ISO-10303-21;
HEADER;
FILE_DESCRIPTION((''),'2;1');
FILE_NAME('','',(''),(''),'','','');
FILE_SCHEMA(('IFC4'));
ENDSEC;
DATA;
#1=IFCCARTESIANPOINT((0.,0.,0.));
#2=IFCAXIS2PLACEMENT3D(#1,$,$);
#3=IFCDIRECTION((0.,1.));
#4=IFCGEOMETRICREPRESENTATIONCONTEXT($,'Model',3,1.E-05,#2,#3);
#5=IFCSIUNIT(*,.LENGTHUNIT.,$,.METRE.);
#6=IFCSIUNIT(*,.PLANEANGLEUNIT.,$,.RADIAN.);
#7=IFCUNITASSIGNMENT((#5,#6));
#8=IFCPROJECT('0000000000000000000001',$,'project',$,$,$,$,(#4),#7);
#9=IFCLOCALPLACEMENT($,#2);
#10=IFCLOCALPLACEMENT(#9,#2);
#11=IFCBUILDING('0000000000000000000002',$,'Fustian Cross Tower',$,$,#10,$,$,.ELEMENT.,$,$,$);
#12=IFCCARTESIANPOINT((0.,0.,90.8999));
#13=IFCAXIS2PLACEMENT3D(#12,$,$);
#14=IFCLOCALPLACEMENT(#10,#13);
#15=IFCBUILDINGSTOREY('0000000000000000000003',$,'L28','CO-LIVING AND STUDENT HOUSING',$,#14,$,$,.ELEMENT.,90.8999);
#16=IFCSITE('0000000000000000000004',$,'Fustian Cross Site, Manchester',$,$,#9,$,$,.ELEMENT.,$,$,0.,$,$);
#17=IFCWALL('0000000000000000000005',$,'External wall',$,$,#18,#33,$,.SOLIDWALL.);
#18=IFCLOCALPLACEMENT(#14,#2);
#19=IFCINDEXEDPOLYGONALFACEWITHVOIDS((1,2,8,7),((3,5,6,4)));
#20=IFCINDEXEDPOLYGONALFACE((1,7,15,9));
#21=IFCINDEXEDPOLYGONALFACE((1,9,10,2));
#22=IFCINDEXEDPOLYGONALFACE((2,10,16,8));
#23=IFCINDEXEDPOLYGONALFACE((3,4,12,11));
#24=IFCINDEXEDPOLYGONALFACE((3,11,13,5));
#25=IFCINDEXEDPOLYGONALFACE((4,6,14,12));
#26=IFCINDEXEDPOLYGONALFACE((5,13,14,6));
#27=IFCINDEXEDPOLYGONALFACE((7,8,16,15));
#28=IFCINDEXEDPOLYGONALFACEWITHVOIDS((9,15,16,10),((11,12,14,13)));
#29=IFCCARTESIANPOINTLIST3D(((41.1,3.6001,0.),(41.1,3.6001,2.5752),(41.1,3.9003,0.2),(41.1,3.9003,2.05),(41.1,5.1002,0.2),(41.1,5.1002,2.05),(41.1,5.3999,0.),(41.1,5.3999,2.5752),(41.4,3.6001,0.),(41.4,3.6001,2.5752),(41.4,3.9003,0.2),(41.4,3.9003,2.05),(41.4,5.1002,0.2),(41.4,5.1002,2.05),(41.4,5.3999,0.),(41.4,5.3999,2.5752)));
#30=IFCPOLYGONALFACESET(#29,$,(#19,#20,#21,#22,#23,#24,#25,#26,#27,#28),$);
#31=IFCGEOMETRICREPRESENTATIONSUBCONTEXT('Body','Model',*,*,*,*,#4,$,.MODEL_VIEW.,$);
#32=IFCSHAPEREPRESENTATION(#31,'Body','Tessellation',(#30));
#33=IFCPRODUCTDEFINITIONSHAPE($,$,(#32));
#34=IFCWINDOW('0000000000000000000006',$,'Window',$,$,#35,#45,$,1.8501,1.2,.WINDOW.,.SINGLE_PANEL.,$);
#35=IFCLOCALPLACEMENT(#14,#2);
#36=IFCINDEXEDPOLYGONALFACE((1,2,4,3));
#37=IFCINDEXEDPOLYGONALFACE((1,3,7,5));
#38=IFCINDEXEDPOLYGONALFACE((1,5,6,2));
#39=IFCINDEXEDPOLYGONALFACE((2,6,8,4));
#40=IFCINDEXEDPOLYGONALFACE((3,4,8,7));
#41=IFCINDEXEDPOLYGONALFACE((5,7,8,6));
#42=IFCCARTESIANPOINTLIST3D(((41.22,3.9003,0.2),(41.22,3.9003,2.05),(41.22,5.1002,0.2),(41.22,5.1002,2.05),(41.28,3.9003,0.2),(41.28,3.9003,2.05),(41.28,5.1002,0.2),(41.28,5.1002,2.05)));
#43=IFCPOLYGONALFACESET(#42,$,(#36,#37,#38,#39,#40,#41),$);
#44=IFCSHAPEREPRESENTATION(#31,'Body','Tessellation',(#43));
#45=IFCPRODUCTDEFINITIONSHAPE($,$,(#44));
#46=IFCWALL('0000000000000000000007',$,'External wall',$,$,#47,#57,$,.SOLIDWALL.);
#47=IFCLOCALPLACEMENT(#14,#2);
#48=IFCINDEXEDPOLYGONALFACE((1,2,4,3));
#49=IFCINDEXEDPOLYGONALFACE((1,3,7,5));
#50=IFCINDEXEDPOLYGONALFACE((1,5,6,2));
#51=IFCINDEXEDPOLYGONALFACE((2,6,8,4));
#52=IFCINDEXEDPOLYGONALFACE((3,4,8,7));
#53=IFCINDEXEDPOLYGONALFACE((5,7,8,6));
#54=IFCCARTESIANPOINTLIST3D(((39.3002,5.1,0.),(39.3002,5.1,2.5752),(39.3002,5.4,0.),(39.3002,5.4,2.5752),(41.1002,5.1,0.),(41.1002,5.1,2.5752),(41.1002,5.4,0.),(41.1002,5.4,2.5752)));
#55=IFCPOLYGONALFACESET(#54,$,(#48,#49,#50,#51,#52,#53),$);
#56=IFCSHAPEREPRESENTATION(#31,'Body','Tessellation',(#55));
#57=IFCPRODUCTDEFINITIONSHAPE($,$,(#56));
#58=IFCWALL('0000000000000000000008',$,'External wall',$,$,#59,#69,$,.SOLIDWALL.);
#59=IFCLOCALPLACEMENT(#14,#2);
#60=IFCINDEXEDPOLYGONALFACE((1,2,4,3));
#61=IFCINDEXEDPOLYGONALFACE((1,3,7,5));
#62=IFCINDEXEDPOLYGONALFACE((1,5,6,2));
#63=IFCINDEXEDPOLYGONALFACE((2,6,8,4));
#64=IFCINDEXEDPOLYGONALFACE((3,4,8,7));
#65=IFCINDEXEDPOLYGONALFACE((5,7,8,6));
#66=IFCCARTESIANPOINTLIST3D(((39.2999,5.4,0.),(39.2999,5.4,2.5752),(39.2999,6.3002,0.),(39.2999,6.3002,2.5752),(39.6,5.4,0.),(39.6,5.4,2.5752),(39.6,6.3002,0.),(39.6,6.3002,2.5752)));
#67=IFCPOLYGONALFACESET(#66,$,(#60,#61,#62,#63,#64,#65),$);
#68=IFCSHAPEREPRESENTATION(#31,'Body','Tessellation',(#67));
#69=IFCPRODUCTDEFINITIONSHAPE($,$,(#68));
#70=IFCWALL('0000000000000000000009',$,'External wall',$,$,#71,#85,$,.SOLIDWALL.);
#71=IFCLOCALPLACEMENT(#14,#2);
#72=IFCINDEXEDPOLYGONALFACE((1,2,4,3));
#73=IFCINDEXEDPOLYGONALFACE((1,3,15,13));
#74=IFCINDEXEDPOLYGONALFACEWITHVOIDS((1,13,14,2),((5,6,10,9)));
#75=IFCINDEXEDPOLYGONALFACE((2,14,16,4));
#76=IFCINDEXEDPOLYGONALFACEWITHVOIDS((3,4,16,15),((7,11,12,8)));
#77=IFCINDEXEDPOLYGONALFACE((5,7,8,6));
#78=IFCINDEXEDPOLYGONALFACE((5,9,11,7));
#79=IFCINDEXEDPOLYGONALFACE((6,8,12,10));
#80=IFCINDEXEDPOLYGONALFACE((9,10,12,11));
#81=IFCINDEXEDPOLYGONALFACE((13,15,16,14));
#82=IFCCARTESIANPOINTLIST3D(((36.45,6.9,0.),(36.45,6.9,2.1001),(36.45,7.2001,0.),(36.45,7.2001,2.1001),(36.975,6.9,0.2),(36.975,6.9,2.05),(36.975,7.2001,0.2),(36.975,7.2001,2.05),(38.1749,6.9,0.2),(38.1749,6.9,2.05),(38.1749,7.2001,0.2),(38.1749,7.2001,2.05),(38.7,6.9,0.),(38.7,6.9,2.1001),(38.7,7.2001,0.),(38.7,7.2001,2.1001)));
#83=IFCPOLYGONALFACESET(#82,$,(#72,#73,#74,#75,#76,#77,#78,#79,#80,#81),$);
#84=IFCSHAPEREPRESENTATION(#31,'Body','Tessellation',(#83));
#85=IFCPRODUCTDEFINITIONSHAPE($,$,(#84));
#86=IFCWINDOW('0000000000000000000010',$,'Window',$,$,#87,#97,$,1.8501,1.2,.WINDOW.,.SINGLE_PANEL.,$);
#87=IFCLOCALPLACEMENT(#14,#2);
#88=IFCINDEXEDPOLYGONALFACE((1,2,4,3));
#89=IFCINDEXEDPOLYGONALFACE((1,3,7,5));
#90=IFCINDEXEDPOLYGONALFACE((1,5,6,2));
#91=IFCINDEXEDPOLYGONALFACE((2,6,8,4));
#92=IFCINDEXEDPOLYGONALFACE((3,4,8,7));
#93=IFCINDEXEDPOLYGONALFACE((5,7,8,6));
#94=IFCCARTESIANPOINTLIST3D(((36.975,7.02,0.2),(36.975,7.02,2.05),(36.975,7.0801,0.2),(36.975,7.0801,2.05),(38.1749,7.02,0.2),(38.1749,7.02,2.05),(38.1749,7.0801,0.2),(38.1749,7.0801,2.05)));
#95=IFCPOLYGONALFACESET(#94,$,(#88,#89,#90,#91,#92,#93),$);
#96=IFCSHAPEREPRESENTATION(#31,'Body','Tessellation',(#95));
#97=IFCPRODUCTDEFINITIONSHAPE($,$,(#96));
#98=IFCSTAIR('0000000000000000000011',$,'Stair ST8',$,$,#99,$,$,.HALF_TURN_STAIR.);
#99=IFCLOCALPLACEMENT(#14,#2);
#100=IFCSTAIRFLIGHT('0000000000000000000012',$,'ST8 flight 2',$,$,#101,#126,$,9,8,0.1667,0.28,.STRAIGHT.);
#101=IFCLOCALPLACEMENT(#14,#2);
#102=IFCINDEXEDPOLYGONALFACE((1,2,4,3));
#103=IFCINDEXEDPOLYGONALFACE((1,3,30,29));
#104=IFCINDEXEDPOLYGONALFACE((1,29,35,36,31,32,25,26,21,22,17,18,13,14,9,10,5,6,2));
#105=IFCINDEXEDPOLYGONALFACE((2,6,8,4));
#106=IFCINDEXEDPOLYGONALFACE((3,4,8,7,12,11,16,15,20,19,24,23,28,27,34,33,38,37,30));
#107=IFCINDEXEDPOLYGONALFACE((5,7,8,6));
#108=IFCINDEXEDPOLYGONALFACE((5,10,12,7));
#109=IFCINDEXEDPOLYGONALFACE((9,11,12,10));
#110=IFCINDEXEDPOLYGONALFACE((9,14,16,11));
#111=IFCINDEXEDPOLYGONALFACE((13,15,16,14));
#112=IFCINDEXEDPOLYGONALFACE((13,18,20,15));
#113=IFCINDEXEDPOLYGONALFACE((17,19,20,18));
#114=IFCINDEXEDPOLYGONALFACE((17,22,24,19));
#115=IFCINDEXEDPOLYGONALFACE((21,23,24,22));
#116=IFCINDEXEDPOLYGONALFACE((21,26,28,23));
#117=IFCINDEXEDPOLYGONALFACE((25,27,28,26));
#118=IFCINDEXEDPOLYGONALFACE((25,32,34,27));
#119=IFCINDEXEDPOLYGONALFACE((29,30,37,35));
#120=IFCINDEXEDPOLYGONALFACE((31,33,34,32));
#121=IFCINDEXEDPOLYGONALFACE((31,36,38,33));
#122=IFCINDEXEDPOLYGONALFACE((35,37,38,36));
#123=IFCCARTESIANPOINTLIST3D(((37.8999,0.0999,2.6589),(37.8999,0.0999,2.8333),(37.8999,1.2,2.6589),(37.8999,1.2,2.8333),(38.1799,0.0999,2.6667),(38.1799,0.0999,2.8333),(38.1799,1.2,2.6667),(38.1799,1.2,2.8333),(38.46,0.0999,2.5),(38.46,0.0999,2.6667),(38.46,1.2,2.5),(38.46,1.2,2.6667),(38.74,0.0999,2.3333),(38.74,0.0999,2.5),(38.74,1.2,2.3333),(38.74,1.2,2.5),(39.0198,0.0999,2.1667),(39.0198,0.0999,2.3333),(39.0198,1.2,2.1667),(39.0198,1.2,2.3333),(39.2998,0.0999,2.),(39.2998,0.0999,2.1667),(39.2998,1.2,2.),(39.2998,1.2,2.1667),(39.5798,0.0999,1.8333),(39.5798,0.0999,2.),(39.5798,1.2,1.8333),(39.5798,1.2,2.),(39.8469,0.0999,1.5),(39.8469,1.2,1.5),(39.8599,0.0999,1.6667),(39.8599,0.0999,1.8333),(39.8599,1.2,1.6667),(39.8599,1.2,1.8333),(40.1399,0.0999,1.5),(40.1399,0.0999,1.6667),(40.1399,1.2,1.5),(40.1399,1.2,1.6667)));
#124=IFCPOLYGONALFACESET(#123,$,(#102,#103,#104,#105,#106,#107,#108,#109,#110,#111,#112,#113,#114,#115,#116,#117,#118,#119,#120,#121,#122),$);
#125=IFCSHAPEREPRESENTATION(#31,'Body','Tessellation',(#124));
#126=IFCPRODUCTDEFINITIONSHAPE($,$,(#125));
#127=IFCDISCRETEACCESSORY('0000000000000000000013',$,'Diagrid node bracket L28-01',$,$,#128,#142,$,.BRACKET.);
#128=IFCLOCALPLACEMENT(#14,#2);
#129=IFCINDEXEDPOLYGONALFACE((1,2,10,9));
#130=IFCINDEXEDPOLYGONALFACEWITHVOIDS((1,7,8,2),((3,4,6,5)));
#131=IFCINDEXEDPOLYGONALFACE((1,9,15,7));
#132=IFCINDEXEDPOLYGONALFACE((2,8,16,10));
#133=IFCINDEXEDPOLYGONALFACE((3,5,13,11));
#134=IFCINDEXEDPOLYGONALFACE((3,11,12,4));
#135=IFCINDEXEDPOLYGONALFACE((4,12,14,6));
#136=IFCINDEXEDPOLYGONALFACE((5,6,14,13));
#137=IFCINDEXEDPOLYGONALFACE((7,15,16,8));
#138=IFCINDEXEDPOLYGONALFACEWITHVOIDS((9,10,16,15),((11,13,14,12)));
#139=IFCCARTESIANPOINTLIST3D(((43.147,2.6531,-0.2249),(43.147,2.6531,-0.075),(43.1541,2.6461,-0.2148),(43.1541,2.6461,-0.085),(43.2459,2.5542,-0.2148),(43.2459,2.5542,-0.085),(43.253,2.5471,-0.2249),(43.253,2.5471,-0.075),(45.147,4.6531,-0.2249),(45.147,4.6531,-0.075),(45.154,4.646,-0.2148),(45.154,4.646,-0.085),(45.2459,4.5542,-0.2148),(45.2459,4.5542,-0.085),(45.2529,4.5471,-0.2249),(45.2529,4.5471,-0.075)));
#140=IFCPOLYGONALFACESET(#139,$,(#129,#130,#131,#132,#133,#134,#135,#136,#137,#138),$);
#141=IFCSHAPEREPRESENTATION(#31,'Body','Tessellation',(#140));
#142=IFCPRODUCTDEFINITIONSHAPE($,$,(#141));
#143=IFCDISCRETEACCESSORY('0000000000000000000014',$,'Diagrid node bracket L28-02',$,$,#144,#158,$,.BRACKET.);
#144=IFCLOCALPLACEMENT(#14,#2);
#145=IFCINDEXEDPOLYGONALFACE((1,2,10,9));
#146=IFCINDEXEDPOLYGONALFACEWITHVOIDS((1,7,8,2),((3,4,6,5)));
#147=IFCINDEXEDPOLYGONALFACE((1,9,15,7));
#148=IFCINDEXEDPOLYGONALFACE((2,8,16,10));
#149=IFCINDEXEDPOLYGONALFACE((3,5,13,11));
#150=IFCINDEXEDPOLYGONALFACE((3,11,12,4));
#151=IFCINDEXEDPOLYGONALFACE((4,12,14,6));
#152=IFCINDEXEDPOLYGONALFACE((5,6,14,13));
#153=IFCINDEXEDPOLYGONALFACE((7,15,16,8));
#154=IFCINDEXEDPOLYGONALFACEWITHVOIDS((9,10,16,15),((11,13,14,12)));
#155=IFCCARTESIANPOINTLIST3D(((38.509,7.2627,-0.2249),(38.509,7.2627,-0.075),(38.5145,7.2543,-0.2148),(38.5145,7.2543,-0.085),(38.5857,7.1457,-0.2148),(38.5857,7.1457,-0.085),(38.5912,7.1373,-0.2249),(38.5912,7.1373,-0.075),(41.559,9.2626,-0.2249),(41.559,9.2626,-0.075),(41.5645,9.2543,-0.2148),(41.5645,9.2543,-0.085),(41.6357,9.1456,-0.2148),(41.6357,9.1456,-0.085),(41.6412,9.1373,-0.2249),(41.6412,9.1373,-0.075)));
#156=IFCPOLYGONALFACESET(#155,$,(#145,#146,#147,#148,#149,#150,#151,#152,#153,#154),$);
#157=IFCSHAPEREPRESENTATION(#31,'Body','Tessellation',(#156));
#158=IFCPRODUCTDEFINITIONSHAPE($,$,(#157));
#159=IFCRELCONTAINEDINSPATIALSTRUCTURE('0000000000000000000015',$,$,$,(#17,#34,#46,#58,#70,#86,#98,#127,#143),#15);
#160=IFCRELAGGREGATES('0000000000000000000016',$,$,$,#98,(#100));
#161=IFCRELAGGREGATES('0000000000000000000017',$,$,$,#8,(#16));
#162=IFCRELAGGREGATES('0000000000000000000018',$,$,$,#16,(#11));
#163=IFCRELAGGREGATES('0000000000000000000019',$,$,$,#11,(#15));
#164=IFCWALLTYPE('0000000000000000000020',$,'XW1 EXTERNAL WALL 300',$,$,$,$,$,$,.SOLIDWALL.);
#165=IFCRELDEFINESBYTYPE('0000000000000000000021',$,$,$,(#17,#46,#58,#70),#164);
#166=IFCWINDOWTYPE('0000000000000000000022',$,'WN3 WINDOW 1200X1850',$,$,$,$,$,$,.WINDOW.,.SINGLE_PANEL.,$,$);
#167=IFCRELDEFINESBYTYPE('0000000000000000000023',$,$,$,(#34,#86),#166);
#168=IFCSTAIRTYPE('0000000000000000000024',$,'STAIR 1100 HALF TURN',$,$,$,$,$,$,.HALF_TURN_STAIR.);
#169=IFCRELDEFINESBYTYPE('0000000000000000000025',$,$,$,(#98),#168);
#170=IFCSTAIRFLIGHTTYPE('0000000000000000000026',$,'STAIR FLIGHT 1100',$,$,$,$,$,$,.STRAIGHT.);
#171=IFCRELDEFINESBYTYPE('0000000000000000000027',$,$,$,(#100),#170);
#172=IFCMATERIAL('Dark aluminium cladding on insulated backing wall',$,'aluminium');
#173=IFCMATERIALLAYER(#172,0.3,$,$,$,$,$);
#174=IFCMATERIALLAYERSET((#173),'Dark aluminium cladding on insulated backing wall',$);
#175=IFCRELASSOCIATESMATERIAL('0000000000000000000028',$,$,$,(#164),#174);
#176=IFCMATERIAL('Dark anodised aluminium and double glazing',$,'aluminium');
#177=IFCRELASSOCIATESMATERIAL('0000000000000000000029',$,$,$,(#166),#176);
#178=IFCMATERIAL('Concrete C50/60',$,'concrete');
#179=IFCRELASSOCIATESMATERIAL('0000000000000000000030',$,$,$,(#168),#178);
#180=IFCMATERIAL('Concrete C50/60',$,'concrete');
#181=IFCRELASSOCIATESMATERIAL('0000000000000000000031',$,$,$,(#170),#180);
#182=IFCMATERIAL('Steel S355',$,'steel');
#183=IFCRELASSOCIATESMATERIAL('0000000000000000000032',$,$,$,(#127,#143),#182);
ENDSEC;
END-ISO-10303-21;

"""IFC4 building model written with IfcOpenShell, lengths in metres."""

from ifc_helpers import new_model, si_unit, direction, frame, frame_2d, origin, origin_2d, place, context, subcontext, project, spatial, polyline, rectangle, hollow_rectangle, outline, extrude, material, layer, layer_set, type_object, element, fill, aggregate, save


model = new_model("IFC4")

# Units and contexts
model_context = context("Model", 3, precision=1e-05, world=origin(), true_north=direction((0.0, 1.0)))
body_context = subcontext(model_context, "Body", "Model", "MODEL_VIEW")
ifc_project = project(units=[si_unit("LENGTHUNIT", "METRE"), si_unit("PLANEANGLEUNIT", "RADIAN")], contexts=[model_context])

# Site, building, storey
site_placement = place(None, origin())
site = spatial("IfcSite", under=ifc_project, at=site_placement, Name="Fustian Cross Site, Manchester", CompositionType="ELEMENT", RefElevation=0.0)
building_placement = place(site_placement, origin())
building = spatial("IfcBuilding", under=site, at=building_placement, Name="Fustian Cross Tower", CompositionType="ELEMENT")
storey_placement = place(building_placement, frame((0.0, 0.0, 90.8999)))
storey = spatial("IfcBuildingStorey", under=building, at=storey_placement, Name="L28", Description="CO-LIVING AND STUDENT HOUSING", CompositionType="ELEMENT", Elevation=90.8999)

# Shared definitions
ifc_material_1 = material(Name="Dark aluminium cladding on insulated backing wall", Category="aluminium")
ifc_layer_1 = layer(ifc_material_1, 0.3)
ifc_layer_set_1 = layer_set([ifc_layer_1], Name="Dark aluminium cladding on insulated backing wall")
wall_type_1 = type_object("IfcWallType", Name="XW1 EXTERNAL WALL 300", PredefinedType="SOLIDWALL", material=ifc_layer_set_1)

# Wall, opening, window
wall_1_placement = place(storey_placement, frame((41.25, 3.6001, 0.0), z_axis=(0.0, 0.0, 1.0), x_axis=(0.0, 1.0, 0.0)))
wall_1 = element("IfcWall", 1, at=wall_1_placement, inside=storey, type_object=wall_type_1, Name="External wall", PredefinedType="SOLIDWALL", context=body_context, shape_type="SweptSolid", body=[
    extrude(rectangle(XDim=1.7998, YDim=0.3, at=frame_2d((0.8999, 0.0))), origin(), (0.0, 0.0, 1.0), 2.5752),
])
opening_1_placement = place(wall_1_placement, frame((0.3, 0.0, 0.2)))
opening_1 = element("IfcOpeningElement", 2, at=opening_1_placement, cuts=wall_1, PredefinedType="OPENING", context=body_context, shape_type="SweptSolid", body=[
    extrude(rectangle(XDim=1.2, YDim=1.8501, at=frame_2d((0.6001, 0.925))), frame((0.0, 0.1599, 0.0), z_axis=(0.0, -1.0, 0.0), x_axis=(1.0, 0.0, 0.0)), (0.0, 0.0, 1.0), 0.3201),
])
ifc_material_2 = material(Name="Dark anodised aluminium and double glazing", Category="aluminium")
window_type = type_object("IfcWindowType", Name="WN3 WINDOW 1200X1850", PartitioningType="SINGLE_PANEL", PredefinedType="WINDOW", material=ifc_material_2)
window_1_placement = place(opening_1_placement, origin())
window_1 = element("IfcWindow", 3, at=window_1_placement, inside=storey, type_object=window_type, Name="Window", OverallHeight=1.8501, OverallWidth=1.2, PartitioningType="SINGLE_PANEL", PredefinedType="WINDOW", context=body_context, shape_type="SweptSolid", body=[
    extrude(rectangle(XDim=1.2, YDim=1.8501, at=frame_2d((0.6001, 0.925))), frame((0.0, 0.03, 0.0), z_axis=(0.0, -1.0, 0.0), x_axis=(1.0, 0.0, 0.0)), (0.0, 0.0, 1.0), 0.0601),
])
fill(opening_1, window_1)

# Walls
wall_2_placement = place(storey_placement, frame((41.1001, 5.25, 0.0), z_axis=(0.0, 0.0, 1.0), x_axis=(-1.0, 0.0, 0.0)))
element("IfcWall", 4, at=wall_2_placement, inside=storey, type_object=wall_type_1, Name="External wall", PredefinedType="SOLIDWALL", context=body_context, shape_type="SweptSolid", body=[
    extrude(rectangle(XDim=1.8, YDim=0.3, at=frame_2d((0.8999, 0.0))), origin(), (0.0, 0.0, 1.0), 2.5752),
])
wall_3_placement = place(storey_placement, frame((39.45, 5.3999, 0.0), z_axis=(0.0, 0.0, 1.0), x_axis=(0.0, 1.0, 0.0)))
element("IfcWall", 5, at=wall_3_placement, inside=storey, type_object=wall_type_1, Name="External wall", PredefinedType="SOLIDWALL", context=body_context, shape_type="SweptSolid", body=[
    extrude(rectangle(XDim=0.9001, YDim=0.3, at=frame_2d((0.4502, 0.0))), origin(), (0.0, 0.0, 1.0), 2.5752),
])

# Wall, opening, window
wall_4_placement = place(storey_placement, frame((38.7, 7.05, 0.0), z_axis=(0.0, 0.0, 1.0), x_axis=(-1.0, 0.0, 0.0)))
wall_4 = element("IfcWall", 6, at=wall_4_placement, inside=storey, type_object=wall_type_1, Name="External wall", PredefinedType="SOLIDWALL", context=body_context, shape_type="SweptSolid", body=[
    extrude(rectangle(XDim=2.25, YDim=0.3, at=frame_2d((1.125, 0.0))), origin(), (0.0, 0.0, 1.0), 2.1001),
])
opening_2_placement = place(wall_4_placement, frame((0.5249, 0.0, 0.2)))
opening_2 = element("IfcOpeningElement", 7, at=opening_2_placement, cuts=wall_4, PredefinedType="OPENING", context=body_context, shape_type="SweptSolid", body=[
    extrude(rectangle(XDim=1.2, YDim=1.8501, at=frame_2d((0.6001, 0.925))), frame((0.0, 0.1599, 0.0), z_axis=(0.0, -1.0, 0.0), x_axis=(1.0, 0.0, 0.0)), (0.0, 0.0, 1.0), 0.3201),
])
window_2_placement = place(opening_2_placement, origin())
window_2 = element("IfcWindow", 8, at=window_2_placement, inside=storey, type_object=window_type, Name="Window", OverallHeight=1.8501, OverallWidth=1.2, PartitioningType="SINGLE_PANEL", PredefinedType="WINDOW", context=body_context, shape_type="SweptSolid", body=[
    extrude(rectangle(XDim=1.2, YDim=1.8501, at=frame_2d((0.6001, 0.925))), frame((0.0, 0.03, 0.0), z_axis=(0.0, -1.0, 0.0), x_axis=(1.0, 0.0, 0.0)), (0.0, 0.0, 1.0), 0.0601),
])
fill(opening_2, window_2)

# Stair, stair flight
ifc_material_3 = material(Name="Concrete C50/60", Category="concrete")
stair_type = type_object("IfcStairType", Name="STAIR 1100 HALF TURN", PredefinedType="HALF_TURN_STAIR", material=ifc_material_3)
stair_placement = place(storey_placement, origin())
stair = element("IfcStair", 9, at=stair_placement, inside=storey, type_object=stair_type, Name="Stair ST8", PredefinedType="HALF_TURN_STAIR")
ifc_material_4 = material(Name="Concrete C50/60", Category="concrete")
stair_flight_type = type_object("IfcStairFlightType", Name="STAIR FLIGHT 1100", PredefinedType="STRAIGHT", material=ifc_material_4)
stair_flight_placement = place(storey_placement, frame((40.1399, 0.6499, 1.5), z_axis=(0.0, 0.0, 1.0), x_axis=(-1.0, 0.0, 0.0)))
stair_flight = element("IfcStairFlight", 10, at=stair_flight_placement, type_object=stair_flight_type, Name="ST8 flight 2", NumberOfRisers=9, NumberOfTreads=8, PredefinedType="STRAIGHT", RiserHeight=0.1667, TreadLength=0.28, context=body_context, shape_type="SweptSolid", body=[
    extrude(outline(polyline([(0.0, 0.0), (0.0, 0.1667), (0.28, 0.1667), (0.28, 0.3333), (0.5601, 0.3333), (0.5601, 0.5), (0.8401, 0.5), (0.8401, 0.6667), (1.1201, 0.6667), (1.1201, 0.8333), (1.3999, 0.8333), (1.3999, 1.0), (1.6799, 1.0), (1.6799, 1.1667), (1.96, 1.1667), (1.96, 1.3333), (2.24, 1.3333), (2.24, 1.5), (2.24, 1.1589), (0.293, 0.0), (0.0, 0.0)])), frame((0.0, 0.55, 0.0), z_axis=(0.0, -1.0, 0.0), x_axis=(1.0, 0.0, 0.0)), (0.0, 0.0, 1.0), 1.1001),
])
aggregate(stair, [stair_flight])

# Discrete accessories
ifc_material_5 = material(Name="Steel S355", Category="steel")
discrete_accessory_1_placement = place(storey_placement, frame((45.2, 4.6001, -0.1499), z_axis=(-0.707107, -0.707107, 0.0), x_axis=(0.707107, -0.707107, 0.0)))
element("IfcDiscreteAccessory", 11, at=discrete_accessory_1_placement, inside=storey, material=ifc_material_5, Name="Diagrid node bracket L28-01", PredefinedType="BRACKET", context=body_context, shape_type="SweptSolid", body=[
    extrude(hollow_rectangle(XDim=0.1499, YDim=0.1499, WallThickness=0.01, at=origin_2d()), origin(), (0.0, 0.0, 1.0), 2.8284),
])
discrete_accessory_2_placement = place(storey_placement, frame((41.6001, 9.2, -0.1499), z_axis=(-0.836248, -0.548351, 0.0), x_axis=(0.548351, -0.836248, 0.0)))
element("IfcDiscreteAccessory", 12, at=discrete_accessory_2_placement, inside=storey, material=ifc_material_5, Name="Diagrid node bracket L28-02", PredefinedType="BRACKET", context=body_context, shape_type="SweptSolid", body=[
    extrude(hollow_rectangle(XDim=0.1499, YDim=0.1499, WallThickness=0.01, at=origin_2d()), origin(), (0.0, 0.0, 1.0), 3.6472),
])

save(model, "model.ifc")
